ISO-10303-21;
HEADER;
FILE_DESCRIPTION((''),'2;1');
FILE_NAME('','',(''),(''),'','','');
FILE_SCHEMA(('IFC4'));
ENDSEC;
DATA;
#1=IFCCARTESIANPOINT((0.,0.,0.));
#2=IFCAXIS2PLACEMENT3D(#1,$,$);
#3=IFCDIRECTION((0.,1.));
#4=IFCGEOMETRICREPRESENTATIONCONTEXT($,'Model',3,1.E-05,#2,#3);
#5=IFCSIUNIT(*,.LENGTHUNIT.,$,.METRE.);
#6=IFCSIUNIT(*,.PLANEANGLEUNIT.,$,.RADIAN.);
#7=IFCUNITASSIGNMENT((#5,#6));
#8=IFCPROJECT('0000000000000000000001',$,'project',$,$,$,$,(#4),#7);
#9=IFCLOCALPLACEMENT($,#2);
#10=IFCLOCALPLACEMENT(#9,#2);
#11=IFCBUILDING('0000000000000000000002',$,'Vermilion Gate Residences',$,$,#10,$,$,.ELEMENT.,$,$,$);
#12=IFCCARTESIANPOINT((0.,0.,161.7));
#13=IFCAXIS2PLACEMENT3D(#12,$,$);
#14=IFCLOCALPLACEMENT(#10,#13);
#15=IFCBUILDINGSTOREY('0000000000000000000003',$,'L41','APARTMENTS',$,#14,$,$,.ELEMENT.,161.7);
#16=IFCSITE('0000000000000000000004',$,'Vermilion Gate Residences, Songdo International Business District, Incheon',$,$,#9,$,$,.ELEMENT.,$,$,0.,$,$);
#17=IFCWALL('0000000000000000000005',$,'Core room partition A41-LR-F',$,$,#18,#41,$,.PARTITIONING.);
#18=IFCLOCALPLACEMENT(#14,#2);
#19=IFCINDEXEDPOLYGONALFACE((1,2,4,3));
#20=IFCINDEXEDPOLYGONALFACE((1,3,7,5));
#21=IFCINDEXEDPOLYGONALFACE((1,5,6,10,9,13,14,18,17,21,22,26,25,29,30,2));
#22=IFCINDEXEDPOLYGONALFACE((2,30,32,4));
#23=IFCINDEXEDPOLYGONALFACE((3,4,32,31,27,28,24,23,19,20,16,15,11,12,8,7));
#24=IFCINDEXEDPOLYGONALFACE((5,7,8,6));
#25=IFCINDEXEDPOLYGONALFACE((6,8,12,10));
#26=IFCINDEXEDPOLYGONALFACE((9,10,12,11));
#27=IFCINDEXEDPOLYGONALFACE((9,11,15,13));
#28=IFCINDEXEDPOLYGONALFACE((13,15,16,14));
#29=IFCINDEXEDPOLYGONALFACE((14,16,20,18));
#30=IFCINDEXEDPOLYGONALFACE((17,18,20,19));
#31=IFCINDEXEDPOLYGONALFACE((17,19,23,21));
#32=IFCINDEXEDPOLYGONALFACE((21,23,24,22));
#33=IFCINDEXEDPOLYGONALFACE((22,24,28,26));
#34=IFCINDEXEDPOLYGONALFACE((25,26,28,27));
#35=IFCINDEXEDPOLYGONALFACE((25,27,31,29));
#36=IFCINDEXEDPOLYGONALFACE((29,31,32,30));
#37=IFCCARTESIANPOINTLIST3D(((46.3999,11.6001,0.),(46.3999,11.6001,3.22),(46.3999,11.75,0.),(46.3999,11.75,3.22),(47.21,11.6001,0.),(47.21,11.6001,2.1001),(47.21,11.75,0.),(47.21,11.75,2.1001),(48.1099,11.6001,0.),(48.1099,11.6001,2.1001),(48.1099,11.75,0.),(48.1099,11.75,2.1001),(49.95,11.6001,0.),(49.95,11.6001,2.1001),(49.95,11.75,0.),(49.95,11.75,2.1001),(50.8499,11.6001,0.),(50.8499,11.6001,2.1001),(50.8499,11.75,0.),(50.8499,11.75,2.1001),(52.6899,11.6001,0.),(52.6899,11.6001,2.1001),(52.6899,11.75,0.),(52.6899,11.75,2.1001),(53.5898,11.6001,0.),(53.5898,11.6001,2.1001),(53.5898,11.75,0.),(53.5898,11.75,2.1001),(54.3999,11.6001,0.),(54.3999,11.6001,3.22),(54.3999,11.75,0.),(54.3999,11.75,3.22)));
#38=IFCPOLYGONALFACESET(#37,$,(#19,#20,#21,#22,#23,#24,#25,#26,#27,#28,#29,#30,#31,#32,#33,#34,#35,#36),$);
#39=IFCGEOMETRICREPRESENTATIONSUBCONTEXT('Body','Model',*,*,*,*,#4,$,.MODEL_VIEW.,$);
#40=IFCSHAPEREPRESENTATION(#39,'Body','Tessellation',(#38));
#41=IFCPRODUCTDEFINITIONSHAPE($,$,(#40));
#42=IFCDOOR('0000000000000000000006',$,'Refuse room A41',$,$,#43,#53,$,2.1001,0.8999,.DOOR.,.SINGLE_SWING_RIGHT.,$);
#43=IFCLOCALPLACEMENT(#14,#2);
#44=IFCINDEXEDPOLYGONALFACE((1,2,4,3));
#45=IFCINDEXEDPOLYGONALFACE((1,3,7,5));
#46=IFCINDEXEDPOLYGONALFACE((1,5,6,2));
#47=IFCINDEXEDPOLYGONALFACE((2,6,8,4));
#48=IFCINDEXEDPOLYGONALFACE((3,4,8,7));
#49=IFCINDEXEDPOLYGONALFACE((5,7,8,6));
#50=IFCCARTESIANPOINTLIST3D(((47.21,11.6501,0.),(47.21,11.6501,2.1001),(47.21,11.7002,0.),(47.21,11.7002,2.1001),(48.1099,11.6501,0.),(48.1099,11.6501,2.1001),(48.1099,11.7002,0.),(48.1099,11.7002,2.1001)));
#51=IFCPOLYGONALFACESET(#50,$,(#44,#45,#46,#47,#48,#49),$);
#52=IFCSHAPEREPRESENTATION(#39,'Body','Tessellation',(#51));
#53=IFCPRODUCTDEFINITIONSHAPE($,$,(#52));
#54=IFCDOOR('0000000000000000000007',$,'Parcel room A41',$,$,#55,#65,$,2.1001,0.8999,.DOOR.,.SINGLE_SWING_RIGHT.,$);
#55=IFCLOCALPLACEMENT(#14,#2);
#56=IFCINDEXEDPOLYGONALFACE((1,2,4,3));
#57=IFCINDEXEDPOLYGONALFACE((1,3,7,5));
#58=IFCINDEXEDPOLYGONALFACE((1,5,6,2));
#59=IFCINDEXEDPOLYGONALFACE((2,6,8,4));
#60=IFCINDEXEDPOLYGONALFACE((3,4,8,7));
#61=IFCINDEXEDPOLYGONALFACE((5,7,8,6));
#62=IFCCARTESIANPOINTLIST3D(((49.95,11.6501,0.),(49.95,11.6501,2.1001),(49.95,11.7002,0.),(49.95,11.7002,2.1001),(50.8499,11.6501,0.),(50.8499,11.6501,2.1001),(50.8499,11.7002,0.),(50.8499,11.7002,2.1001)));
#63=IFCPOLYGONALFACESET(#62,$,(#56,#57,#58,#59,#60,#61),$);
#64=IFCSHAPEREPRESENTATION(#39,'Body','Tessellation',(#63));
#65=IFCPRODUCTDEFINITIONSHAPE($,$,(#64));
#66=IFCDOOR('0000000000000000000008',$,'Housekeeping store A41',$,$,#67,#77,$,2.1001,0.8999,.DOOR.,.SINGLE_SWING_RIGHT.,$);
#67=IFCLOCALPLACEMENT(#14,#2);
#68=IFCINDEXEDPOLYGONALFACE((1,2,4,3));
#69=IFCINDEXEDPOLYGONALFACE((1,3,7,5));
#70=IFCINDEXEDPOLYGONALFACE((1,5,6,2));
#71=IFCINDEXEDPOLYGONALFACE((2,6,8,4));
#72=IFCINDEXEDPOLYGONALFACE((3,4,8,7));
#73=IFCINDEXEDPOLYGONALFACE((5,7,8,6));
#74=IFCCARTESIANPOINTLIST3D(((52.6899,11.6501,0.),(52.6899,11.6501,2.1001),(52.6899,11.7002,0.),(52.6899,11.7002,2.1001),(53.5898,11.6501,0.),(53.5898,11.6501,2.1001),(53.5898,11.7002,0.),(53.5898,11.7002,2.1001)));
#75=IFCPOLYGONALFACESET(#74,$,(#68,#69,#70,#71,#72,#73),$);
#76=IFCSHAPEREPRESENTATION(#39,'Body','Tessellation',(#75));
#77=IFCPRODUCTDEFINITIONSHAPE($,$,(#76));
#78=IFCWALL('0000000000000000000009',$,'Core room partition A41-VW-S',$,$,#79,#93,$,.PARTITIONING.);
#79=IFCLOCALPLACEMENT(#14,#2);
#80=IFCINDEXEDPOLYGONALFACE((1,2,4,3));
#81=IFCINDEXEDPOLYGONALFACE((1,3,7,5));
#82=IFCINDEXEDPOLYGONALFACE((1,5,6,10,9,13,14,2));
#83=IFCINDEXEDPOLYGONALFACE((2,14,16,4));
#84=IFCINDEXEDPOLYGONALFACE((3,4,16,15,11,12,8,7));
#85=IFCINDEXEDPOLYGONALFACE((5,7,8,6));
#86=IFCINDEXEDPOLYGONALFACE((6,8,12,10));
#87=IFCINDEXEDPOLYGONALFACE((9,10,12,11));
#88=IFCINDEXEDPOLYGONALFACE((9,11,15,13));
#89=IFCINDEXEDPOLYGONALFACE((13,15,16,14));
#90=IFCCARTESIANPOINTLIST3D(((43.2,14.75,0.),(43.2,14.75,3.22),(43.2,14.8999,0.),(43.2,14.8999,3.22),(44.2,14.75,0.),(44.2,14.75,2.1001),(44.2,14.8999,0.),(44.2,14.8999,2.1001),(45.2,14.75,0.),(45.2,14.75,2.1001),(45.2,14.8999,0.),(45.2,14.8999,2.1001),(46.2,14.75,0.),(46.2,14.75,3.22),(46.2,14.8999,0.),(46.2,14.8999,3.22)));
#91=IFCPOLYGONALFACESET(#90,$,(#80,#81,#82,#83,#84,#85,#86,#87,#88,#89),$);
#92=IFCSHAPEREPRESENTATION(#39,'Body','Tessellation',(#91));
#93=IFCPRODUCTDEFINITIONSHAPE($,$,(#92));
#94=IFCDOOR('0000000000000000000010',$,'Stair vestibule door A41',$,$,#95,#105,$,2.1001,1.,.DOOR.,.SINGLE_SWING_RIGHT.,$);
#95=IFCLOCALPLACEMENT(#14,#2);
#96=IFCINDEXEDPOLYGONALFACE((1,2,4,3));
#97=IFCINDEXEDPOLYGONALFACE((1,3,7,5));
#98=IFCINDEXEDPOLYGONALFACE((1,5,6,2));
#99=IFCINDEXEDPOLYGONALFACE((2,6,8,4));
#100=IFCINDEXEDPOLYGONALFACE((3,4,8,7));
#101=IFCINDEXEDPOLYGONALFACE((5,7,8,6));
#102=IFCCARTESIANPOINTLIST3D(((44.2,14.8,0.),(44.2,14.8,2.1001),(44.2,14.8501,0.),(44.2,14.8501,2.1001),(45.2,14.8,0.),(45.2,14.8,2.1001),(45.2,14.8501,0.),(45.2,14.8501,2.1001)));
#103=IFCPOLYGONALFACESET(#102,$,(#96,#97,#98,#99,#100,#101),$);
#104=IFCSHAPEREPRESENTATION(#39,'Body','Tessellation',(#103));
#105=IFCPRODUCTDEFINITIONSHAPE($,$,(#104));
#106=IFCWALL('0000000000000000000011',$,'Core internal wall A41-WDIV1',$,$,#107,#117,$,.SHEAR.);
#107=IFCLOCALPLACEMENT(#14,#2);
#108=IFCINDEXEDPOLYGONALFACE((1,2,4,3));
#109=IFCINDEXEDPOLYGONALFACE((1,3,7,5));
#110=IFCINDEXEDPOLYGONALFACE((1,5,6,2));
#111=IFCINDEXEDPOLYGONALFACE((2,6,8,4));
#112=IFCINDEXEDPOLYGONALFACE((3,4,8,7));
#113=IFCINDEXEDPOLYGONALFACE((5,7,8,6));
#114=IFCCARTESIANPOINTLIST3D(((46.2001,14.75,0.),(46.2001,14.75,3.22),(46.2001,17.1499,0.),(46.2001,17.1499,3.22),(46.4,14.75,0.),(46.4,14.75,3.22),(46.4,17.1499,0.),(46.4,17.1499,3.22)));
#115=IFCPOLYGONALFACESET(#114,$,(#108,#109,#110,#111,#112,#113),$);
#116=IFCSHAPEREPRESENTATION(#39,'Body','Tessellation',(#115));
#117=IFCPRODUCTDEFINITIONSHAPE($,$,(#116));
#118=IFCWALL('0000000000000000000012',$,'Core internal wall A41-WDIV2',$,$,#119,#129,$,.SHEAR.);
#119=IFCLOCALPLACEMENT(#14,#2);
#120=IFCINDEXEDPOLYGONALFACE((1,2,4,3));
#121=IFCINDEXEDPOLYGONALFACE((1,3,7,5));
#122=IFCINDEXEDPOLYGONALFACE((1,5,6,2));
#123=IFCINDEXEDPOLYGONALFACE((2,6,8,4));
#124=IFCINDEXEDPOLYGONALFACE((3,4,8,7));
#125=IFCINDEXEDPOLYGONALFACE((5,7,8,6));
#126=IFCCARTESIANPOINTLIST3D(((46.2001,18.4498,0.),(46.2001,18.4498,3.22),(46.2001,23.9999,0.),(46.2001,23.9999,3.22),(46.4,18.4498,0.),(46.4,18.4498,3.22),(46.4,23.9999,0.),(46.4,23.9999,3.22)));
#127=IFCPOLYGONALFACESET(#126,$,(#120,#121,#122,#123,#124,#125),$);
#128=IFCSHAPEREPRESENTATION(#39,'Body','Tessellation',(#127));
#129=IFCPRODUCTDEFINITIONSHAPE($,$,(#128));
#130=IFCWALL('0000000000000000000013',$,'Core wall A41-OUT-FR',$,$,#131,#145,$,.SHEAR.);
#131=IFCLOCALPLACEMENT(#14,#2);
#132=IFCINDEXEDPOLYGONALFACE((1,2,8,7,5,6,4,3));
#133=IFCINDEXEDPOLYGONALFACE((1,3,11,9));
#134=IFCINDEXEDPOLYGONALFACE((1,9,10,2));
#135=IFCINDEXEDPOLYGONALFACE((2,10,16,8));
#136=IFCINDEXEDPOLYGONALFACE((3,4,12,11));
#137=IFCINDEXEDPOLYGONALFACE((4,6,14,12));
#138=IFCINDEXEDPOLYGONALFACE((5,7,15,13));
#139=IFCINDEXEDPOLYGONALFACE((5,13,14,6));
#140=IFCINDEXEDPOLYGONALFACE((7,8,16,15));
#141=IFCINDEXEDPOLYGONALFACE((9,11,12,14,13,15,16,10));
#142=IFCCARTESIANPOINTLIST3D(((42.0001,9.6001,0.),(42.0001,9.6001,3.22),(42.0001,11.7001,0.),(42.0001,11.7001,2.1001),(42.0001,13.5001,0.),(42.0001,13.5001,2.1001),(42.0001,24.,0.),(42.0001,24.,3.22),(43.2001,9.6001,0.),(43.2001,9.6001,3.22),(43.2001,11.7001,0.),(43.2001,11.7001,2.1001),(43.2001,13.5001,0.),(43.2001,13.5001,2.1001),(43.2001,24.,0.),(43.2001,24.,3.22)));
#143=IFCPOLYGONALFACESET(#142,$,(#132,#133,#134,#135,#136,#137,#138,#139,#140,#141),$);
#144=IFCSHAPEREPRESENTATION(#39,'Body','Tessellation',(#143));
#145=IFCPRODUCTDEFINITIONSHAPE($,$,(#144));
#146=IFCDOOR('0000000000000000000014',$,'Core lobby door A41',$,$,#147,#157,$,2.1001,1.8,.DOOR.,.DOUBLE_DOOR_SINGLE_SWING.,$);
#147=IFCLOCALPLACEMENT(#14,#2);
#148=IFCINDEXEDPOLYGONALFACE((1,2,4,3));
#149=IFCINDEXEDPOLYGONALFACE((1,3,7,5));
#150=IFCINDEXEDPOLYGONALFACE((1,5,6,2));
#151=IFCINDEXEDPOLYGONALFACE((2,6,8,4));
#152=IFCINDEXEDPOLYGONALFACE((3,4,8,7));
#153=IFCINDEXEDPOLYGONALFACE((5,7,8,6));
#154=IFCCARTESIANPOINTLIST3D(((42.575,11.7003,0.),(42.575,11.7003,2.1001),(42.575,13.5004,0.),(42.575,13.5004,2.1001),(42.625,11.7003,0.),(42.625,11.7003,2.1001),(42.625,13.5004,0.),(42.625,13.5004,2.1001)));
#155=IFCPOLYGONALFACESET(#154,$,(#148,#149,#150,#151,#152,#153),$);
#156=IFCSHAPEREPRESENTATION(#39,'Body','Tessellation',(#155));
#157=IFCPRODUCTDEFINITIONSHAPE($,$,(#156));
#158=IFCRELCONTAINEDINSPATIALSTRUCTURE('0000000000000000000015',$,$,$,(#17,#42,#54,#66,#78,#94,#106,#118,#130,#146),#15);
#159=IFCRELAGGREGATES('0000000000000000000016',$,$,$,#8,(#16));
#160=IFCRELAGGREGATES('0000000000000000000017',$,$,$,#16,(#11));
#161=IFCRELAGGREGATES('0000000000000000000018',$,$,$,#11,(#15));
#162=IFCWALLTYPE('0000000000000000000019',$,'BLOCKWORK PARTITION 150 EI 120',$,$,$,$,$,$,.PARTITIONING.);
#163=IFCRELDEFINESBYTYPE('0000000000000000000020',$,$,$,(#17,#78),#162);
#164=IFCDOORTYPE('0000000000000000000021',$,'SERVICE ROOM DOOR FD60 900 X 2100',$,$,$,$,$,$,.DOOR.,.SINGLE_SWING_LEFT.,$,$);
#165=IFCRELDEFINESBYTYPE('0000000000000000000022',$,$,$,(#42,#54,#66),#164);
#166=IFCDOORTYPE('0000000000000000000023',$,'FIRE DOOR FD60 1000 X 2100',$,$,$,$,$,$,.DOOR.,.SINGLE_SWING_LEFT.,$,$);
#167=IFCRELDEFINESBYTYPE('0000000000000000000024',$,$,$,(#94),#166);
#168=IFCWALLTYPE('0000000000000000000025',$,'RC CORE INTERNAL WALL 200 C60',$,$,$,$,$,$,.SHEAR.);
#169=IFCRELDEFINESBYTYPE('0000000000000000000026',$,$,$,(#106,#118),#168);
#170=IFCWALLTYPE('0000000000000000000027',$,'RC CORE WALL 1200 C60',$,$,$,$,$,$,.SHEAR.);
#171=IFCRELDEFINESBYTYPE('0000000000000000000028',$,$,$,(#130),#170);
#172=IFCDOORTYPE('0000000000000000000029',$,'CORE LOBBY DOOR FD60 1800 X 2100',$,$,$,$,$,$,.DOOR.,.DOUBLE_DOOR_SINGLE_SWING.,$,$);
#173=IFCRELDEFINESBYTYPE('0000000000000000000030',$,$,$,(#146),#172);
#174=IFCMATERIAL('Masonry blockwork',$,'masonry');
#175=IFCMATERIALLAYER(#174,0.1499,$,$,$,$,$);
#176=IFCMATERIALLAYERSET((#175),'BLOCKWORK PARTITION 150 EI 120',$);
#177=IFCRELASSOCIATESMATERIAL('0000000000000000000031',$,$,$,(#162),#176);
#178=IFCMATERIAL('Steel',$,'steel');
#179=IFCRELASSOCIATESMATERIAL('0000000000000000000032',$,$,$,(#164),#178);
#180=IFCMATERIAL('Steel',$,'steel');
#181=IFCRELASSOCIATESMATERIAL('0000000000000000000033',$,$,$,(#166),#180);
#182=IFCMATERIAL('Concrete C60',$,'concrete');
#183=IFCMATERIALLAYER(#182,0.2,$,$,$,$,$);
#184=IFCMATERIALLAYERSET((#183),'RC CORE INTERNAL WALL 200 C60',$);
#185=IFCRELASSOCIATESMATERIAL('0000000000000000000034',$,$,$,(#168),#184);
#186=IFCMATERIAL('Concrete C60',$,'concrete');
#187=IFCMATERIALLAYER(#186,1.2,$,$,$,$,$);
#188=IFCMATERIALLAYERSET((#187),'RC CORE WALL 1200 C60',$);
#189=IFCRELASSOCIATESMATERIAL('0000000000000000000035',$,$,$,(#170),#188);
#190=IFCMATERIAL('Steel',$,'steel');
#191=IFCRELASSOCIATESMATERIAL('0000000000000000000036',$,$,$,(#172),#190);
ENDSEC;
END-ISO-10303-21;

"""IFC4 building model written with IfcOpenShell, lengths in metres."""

from ifc_helpers import new_model, si_unit, direction, frame, frame_2d, origin, place, context, subcontext, project, spatial, rectangle, extrude, material, layer, layer_set, type_object, element, fill, save


model = new_model("IFC4")

# Units and contexts
model_context = context("Model", 3, precision=1e-05, world=origin(), true_north=direction((0.0, 1.0)))
body_context = subcontext(model_context, "Body", "Model", "MODEL_VIEW")
ifc_project = project(units=[si_unit("LENGTHUNIT", "METRE"), si_unit("PLANEANGLEUNIT", "RADIAN")], contexts=[model_context])

# Site, building, storey
site_placement = place(None, origin())
site = spatial("IfcSite", under=ifc_project, at=site_placement, Name="Vermilion Gate Residences, Songdo International Business District, Incheon", CompositionType="ELEMENT", RefElevation=0.0)
building_placement = place(site_placement, origin())
building = spatial("IfcBuilding", under=site, at=building_placement, Name="Vermilion Gate Residences", CompositionType="ELEMENT")
storey_placement = place(building_placement, frame((0.0, 0.0, 161.7)))
storey = spatial("IfcBuildingStorey", under=building, at=storey_placement, Name="L41", Description="APARTMENTS", CompositionType="ELEMENT", Elevation=161.7)

# Wall, openings, doors
ifc_material_1 = material(Name="Masonry blockwork", Category="masonry")
ifc_layer_1 = layer(ifc_material_1, 0.1499)
ifc_layer_set_1 = layer_set([ifc_layer_1], Name="BLOCKWORK PARTITION 150 EI 120")
wall_type_1 = type_object("IfcWallType", Name="BLOCKWORK PARTITION 150 EI 120", PredefinedType="PARTITIONING", material=ifc_layer_set_1)
wall_1_placement = place(storey_placement, frame((46.3999, 11.675, 0.0), z_axis=(0.0, 0.0, 1.0), x_axis=(1.0, 0.0, 0.0)))
wall_1 = element("IfcWall", 1, at=wall_1_placement, inside=storey, type_object=wall_type_1, Name="Core room partition A41-LR-F", PredefinedType="PARTITIONING", context=body_context, shape_type="SweptSolid", body=[
    extrude(rectangle(XDim=8.0, YDim=0.1499, at=frame_2d((4.0, 0.0))), origin(), (0.0, 0.0, 1.0), 3.22),
])
opening_1_placement = place(wall_1_placement, frame((0.8101, 0.0, 0.0)))
opening_1 = element("IfcOpeningElement", 2, at=opening_1_placement, cuts=wall_1, PredefinedType="OPENING", context=body_context, shape_type="SweptSolid", body=[
    extrude(rectangle(XDim=0.8999, YDim=2.1001, at=frame_2d((0.45, 1.05))), frame((0.0, 0.085, 0.0), z_axis=(0.0, -1.0, 0.0), x_axis=(1.0, 0.0, 0.0)), (0.0, 0.0, 1.0), 0.1699),
])
opening_2_placement = place(wall_1_placement, frame((3.55, 0.0, 0.0)))
opening_2 = element("IfcOpeningElement", 3, at=opening_2_placement, cuts=wall_1, PredefinedType="OPENING", context=body_context, shape_type="SweptSolid", body=[
    extrude(rectangle(XDim=0.8999, YDim=2.1001, at=frame_2d((0.45, 1.05))), frame((0.0, 0.085, 0.0), z_axis=(0.0, -1.0, 0.0), x_axis=(1.0, 0.0, 0.0)), (0.0, 0.0, 1.0), 0.1699),
])
opening_3_placement = place(wall_1_placement, frame((6.29, 0.0, 0.0)))
opening_3 = element("IfcOpeningElement", 4, at=opening_3_placement, cuts=wall_1, PredefinedType="OPENING", context=body_context, shape_type="SweptSolid", body=[
    extrude(rectangle(XDim=0.8999, YDim=2.1001, at=frame_2d((0.45, 1.05))), frame((0.0, 0.085, 0.0), z_axis=(0.0, -1.0, 0.0), x_axis=(1.0, 0.0, 0.0)), (0.0, 0.0, 1.0), 0.1699),
])
ifc_material_2 = material(Name="Steel", Category="steel")
door_type_1 = type_object("IfcDoorType", Name="SERVICE ROOM DOOR FD60 900 X 2100", OperationType="SINGLE_SWING_LEFT", PredefinedType="DOOR", material=ifc_material_2)
door_1_placement = place(opening_1_placement, frame((0.8999, 0.0, 0.0), z_axis=(0.0, 0.0, 1.0), x_axis=(-1.0, 0.0, 0.0)))
door_1 = element("IfcDoor", 5, at=door_1_placement, inside=storey, type_object=door_type_1, Name="Refuse room A41", OperationType="SINGLE_SWING_RIGHT", OverallHeight=2.1001, OverallWidth=0.8999, PredefinedType="DOOR", context=body_context, shape_type="SweptSolid", body=[
    extrude(rectangle(XDim=0.8999, YDim=2.1001, at=frame_2d((0.45, 1.05))), frame((0.0, 0.0249, 0.0), z_axis=(0.0, -1.0, 0.0), x_axis=(1.0, 0.0, 0.0)), (0.0, 0.0, 1.0), 0.05),
])
fill(opening_1, door_1)
door_2_placement = place(opening_2_placement, frame((0.8999, 0.0, 0.0), z_axis=(0.0, 0.0, 1.0), x_axis=(-1.0, 0.0, 0.0)))
door_2 = element("IfcDoor", 6, at=door_2_placement, inside=storey, type_object=door_type_1, Name="Parcel room A41", OperationType="SINGLE_SWING_RIGHT", OverallHeight=2.1001, OverallWidth=0.8999, PredefinedType="DOOR", context=body_context, shape_type="SweptSolid", body=[
    extrude(rectangle(XDim=0.8999, YDim=2.1001, at=frame_2d((0.45, 1.05))), frame((0.0, 0.0249, 0.0), z_axis=(0.0, -1.0, 0.0), x_axis=(1.0, 0.0, 0.0)), (0.0, 0.0, 1.0), 0.05),
])
fill(opening_2, door_2)
door_3_placement = place(opening_3_placement, frame((0.8999, 0.0, 0.0), z_axis=(0.0, 0.0, 1.0), x_axis=(-1.0, 0.0, 0.0)))
door_3 = element("IfcDoor", 7, at=door_3_placement, inside=storey, type_object=door_type_1, Name="Housekeeping store A41", OperationType="SINGLE_SWING_RIGHT", OverallHeight=2.1001, OverallWidth=0.8999, PredefinedType="DOOR", context=body_context, shape_type="SweptSolid", body=[
    extrude(rectangle(XDim=0.8999, YDim=2.1001, at=frame_2d((0.45, 1.05))), frame((0.0, 0.0249, 0.0), z_axis=(0.0, -1.0, 0.0), x_axis=(1.0, 0.0, 0.0)), (0.0, 0.0, 1.0), 0.05),
])
fill(opening_3, door_3)

# Wall, opening, door
wall_2_placement = place(storey_placement, frame((43.2, 14.825, 0.0), z_axis=(0.0, 0.0, 1.0), x_axis=(1.0, 0.0, 0.0)))
wall_2 = element("IfcWall", 8, at=wall_2_placement, inside=storey, type_object=wall_type_1, Name="Core room partition A41-VW-S", PredefinedType="PARTITIONING", context=body_context, shape_type="SweptSolid", body=[
    extrude(rectangle(XDim=3.0, YDim=0.1499, at=frame_2d((1.5, 0.0))), origin(), (0.0, 0.0, 1.0), 3.22),
])
opening_4_placement = place(wall_2_placement, frame((1.0, 0.0, 0.0)))
opening_4 = element("IfcOpeningElement", 9, at=opening_4_placement, cuts=wall_2, PredefinedType="OPENING", context=body_context, shape_type="SweptSolid", body=[
    extrude(rectangle(XDim=1.0, YDim=2.1001, at=frame_2d((0.5, 1.05))), frame((0.0, 0.085, 0.0), z_axis=(0.0, -1.0, 0.0), x_axis=(1.0, 0.0, 0.0)), (0.0, 0.0, 1.0), 0.1699),
])
ifc_material_3 = material(Name="Steel", Category="steel")
door_type_2 = type_object("IfcDoorType", Name="FIRE DOOR FD60 1000 X 2100", OperationType="SINGLE_SWING_LEFT", PredefinedType="DOOR", material=ifc_material_3)
door_4_placement = place(opening_4_placement, frame((1.0, 0.0, 0.0), z_axis=(0.0, 0.0, 1.0), x_axis=(-1.0, 0.0, 0.0)))
door_4 = element("IfcDoor", 10, at=door_4_placement, inside=storey, type_object=door_type_2, Name="Stair vestibule door A41", OperationType="SINGLE_SWING_RIGHT", OverallHeight=2.1001, OverallWidth=1.0, PredefinedType="DOOR", context=body_context, shape_type="SweptSolid", body=[
    extrude(rectangle(XDim=1.0, YDim=2.1001, at=frame_2d((0.5, 1.05))), frame((0.0, 0.0249, 0.0), z_axis=(0.0, -1.0, 0.0), x_axis=(1.0, 0.0, 0.0)), (0.0, 0.0, 1.0), 0.05),
])
fill(opening_4, door_4)

# Walls
ifc_material_4 = material(Name="Concrete C60", Category="concrete")
ifc_layer_2 = layer(ifc_material_4, 0.2)
ifc_layer_set_2 = layer_set([ifc_layer_2], Name="RC CORE INTERNAL WALL 200 C60")
wall_type_2 = type_object("IfcWallType", Name="RC CORE INTERNAL WALL 200 C60", PredefinedType="SHEAR", material=ifc_layer_set_2)
wall_3_placement = place(storey_placement, frame((46.3, 14.75, 0.0), z_axis=(0.0, 0.0, 1.0), x_axis=(0.0, 1.0, 0.0)))
element("IfcWall", 11, at=wall_3_placement, inside=storey, type_object=wall_type_2, Name="Core internal wall A41-WDIV1", PredefinedType="SHEAR", context=body_context, shape_type="SweptSolid", body=[
    extrude(rectangle(XDim=2.3999, YDim=0.2, at=frame_2d((1.2, 0.0))), origin(), (0.0, 0.0, 1.0), 3.22),
])
wall_4_placement = place(storey_placement, frame((46.3, 18.45, 0.0), z_axis=(0.0, 0.0, 1.0), x_axis=(0.0, 1.0, 0.0)))
element("IfcWall", 12, at=wall_4_placement, inside=storey, type_object=wall_type_2, Name="Core internal wall A41-WDIV2", PredefinedType="SHEAR", context=body_context, shape_type="SweptSolid", body=[
    extrude(rectangle(XDim=5.55, YDim=0.2, at=frame_2d((2.7749, 0.0))), origin(), (0.0, 0.0, 1.0), 3.22),
])

# Wall, opening, door
ifc_material_5 = material(Name="Concrete C60", Category="concrete")
ifc_layer_3 = layer(ifc_material_5, 1.2)
ifc_layer_set_3 = layer_set([ifc_layer_3], Name="RC CORE WALL 1200 C60")
wall_type_3 = type_object("IfcWallType", Name="RC CORE WALL 1200 C60", PredefinedType="SHEAR", material=ifc_layer_set_3)
wall_5_placement = place(storey_placement, frame((42.6001, 9.6001, 0.0), z_axis=(0.0, 0.0, 1.0), x_axis=(0.0, 1.0, 0.0)))
wall_5 = element("IfcWall", 13, at=wall_5_placement, inside=storey, type_object=wall_type_3, Name="Core wall A41-OUT-FR", PredefinedType="SHEAR", context=body_context, shape_type="SweptSolid", body=[
    extrude(rectangle(XDim=14.3999, YDim=1.2, at=frame_2d((7.2, 0.0))), origin(), (0.0, 0.0, 1.0), 3.22),
])
opening_5_placement = place(wall_5_placement, frame((2.1001, 0.0, 0.0)))
opening_5 = element("IfcOpeningElement", 14, at=opening_5_placement, cuts=wall_5, PredefinedType="OPENING", context=body_context, shape_type="SweptSolid", body=[
    extrude(rectangle(XDim=1.8, YDim=2.1001, at=frame_2d((0.8999, 1.05))), frame((0.0, 0.6099, 0.0), z_axis=(0.0, -1.0, 0.0), x_axis=(1.0, 0.0, 0.0)), (0.0, 0.0, 1.0), 1.22),
])
ifc_material_6 = material(Name="Steel", Category="steel")
door_type_3 = type_object("IfcDoorType", Name="CORE LOBBY DOOR FD60 1800 X 2100", OperationType="DOUBLE_DOOR_SINGLE_SWING", PredefinedType="DOOR", material=ifc_material_6)
door_5_placement = place(opening_5_placement, frame((1.8, 0.0, 0.0), z_axis=(0.0, 0.0, 1.0), x_axis=(-1.0, 0.0, 0.0)))
door_5 = element("IfcDoor", 15, at=door_5_placement, inside=storey, type_object=door_type_3, Name="Core lobby door A41", OperationType="DOUBLE_DOOR_SINGLE_SWING", OverallHeight=2.1001, OverallWidth=1.8, PredefinedType="DOOR", context=body_context, shape_type="SweptSolid", body=[
    extrude(rectangle(XDim=1.8, YDim=2.1001, at=frame_2d((0.8999, 1.05))), frame((0.0, 0.0249, 0.0), z_axis=(0.0, -1.0, 0.0), x_axis=(1.0, 0.0, 0.0)), (0.0, 0.0, 1.0), 0.05),
])
fill(opening_5, door_5)

save(model, "model.ifc")
